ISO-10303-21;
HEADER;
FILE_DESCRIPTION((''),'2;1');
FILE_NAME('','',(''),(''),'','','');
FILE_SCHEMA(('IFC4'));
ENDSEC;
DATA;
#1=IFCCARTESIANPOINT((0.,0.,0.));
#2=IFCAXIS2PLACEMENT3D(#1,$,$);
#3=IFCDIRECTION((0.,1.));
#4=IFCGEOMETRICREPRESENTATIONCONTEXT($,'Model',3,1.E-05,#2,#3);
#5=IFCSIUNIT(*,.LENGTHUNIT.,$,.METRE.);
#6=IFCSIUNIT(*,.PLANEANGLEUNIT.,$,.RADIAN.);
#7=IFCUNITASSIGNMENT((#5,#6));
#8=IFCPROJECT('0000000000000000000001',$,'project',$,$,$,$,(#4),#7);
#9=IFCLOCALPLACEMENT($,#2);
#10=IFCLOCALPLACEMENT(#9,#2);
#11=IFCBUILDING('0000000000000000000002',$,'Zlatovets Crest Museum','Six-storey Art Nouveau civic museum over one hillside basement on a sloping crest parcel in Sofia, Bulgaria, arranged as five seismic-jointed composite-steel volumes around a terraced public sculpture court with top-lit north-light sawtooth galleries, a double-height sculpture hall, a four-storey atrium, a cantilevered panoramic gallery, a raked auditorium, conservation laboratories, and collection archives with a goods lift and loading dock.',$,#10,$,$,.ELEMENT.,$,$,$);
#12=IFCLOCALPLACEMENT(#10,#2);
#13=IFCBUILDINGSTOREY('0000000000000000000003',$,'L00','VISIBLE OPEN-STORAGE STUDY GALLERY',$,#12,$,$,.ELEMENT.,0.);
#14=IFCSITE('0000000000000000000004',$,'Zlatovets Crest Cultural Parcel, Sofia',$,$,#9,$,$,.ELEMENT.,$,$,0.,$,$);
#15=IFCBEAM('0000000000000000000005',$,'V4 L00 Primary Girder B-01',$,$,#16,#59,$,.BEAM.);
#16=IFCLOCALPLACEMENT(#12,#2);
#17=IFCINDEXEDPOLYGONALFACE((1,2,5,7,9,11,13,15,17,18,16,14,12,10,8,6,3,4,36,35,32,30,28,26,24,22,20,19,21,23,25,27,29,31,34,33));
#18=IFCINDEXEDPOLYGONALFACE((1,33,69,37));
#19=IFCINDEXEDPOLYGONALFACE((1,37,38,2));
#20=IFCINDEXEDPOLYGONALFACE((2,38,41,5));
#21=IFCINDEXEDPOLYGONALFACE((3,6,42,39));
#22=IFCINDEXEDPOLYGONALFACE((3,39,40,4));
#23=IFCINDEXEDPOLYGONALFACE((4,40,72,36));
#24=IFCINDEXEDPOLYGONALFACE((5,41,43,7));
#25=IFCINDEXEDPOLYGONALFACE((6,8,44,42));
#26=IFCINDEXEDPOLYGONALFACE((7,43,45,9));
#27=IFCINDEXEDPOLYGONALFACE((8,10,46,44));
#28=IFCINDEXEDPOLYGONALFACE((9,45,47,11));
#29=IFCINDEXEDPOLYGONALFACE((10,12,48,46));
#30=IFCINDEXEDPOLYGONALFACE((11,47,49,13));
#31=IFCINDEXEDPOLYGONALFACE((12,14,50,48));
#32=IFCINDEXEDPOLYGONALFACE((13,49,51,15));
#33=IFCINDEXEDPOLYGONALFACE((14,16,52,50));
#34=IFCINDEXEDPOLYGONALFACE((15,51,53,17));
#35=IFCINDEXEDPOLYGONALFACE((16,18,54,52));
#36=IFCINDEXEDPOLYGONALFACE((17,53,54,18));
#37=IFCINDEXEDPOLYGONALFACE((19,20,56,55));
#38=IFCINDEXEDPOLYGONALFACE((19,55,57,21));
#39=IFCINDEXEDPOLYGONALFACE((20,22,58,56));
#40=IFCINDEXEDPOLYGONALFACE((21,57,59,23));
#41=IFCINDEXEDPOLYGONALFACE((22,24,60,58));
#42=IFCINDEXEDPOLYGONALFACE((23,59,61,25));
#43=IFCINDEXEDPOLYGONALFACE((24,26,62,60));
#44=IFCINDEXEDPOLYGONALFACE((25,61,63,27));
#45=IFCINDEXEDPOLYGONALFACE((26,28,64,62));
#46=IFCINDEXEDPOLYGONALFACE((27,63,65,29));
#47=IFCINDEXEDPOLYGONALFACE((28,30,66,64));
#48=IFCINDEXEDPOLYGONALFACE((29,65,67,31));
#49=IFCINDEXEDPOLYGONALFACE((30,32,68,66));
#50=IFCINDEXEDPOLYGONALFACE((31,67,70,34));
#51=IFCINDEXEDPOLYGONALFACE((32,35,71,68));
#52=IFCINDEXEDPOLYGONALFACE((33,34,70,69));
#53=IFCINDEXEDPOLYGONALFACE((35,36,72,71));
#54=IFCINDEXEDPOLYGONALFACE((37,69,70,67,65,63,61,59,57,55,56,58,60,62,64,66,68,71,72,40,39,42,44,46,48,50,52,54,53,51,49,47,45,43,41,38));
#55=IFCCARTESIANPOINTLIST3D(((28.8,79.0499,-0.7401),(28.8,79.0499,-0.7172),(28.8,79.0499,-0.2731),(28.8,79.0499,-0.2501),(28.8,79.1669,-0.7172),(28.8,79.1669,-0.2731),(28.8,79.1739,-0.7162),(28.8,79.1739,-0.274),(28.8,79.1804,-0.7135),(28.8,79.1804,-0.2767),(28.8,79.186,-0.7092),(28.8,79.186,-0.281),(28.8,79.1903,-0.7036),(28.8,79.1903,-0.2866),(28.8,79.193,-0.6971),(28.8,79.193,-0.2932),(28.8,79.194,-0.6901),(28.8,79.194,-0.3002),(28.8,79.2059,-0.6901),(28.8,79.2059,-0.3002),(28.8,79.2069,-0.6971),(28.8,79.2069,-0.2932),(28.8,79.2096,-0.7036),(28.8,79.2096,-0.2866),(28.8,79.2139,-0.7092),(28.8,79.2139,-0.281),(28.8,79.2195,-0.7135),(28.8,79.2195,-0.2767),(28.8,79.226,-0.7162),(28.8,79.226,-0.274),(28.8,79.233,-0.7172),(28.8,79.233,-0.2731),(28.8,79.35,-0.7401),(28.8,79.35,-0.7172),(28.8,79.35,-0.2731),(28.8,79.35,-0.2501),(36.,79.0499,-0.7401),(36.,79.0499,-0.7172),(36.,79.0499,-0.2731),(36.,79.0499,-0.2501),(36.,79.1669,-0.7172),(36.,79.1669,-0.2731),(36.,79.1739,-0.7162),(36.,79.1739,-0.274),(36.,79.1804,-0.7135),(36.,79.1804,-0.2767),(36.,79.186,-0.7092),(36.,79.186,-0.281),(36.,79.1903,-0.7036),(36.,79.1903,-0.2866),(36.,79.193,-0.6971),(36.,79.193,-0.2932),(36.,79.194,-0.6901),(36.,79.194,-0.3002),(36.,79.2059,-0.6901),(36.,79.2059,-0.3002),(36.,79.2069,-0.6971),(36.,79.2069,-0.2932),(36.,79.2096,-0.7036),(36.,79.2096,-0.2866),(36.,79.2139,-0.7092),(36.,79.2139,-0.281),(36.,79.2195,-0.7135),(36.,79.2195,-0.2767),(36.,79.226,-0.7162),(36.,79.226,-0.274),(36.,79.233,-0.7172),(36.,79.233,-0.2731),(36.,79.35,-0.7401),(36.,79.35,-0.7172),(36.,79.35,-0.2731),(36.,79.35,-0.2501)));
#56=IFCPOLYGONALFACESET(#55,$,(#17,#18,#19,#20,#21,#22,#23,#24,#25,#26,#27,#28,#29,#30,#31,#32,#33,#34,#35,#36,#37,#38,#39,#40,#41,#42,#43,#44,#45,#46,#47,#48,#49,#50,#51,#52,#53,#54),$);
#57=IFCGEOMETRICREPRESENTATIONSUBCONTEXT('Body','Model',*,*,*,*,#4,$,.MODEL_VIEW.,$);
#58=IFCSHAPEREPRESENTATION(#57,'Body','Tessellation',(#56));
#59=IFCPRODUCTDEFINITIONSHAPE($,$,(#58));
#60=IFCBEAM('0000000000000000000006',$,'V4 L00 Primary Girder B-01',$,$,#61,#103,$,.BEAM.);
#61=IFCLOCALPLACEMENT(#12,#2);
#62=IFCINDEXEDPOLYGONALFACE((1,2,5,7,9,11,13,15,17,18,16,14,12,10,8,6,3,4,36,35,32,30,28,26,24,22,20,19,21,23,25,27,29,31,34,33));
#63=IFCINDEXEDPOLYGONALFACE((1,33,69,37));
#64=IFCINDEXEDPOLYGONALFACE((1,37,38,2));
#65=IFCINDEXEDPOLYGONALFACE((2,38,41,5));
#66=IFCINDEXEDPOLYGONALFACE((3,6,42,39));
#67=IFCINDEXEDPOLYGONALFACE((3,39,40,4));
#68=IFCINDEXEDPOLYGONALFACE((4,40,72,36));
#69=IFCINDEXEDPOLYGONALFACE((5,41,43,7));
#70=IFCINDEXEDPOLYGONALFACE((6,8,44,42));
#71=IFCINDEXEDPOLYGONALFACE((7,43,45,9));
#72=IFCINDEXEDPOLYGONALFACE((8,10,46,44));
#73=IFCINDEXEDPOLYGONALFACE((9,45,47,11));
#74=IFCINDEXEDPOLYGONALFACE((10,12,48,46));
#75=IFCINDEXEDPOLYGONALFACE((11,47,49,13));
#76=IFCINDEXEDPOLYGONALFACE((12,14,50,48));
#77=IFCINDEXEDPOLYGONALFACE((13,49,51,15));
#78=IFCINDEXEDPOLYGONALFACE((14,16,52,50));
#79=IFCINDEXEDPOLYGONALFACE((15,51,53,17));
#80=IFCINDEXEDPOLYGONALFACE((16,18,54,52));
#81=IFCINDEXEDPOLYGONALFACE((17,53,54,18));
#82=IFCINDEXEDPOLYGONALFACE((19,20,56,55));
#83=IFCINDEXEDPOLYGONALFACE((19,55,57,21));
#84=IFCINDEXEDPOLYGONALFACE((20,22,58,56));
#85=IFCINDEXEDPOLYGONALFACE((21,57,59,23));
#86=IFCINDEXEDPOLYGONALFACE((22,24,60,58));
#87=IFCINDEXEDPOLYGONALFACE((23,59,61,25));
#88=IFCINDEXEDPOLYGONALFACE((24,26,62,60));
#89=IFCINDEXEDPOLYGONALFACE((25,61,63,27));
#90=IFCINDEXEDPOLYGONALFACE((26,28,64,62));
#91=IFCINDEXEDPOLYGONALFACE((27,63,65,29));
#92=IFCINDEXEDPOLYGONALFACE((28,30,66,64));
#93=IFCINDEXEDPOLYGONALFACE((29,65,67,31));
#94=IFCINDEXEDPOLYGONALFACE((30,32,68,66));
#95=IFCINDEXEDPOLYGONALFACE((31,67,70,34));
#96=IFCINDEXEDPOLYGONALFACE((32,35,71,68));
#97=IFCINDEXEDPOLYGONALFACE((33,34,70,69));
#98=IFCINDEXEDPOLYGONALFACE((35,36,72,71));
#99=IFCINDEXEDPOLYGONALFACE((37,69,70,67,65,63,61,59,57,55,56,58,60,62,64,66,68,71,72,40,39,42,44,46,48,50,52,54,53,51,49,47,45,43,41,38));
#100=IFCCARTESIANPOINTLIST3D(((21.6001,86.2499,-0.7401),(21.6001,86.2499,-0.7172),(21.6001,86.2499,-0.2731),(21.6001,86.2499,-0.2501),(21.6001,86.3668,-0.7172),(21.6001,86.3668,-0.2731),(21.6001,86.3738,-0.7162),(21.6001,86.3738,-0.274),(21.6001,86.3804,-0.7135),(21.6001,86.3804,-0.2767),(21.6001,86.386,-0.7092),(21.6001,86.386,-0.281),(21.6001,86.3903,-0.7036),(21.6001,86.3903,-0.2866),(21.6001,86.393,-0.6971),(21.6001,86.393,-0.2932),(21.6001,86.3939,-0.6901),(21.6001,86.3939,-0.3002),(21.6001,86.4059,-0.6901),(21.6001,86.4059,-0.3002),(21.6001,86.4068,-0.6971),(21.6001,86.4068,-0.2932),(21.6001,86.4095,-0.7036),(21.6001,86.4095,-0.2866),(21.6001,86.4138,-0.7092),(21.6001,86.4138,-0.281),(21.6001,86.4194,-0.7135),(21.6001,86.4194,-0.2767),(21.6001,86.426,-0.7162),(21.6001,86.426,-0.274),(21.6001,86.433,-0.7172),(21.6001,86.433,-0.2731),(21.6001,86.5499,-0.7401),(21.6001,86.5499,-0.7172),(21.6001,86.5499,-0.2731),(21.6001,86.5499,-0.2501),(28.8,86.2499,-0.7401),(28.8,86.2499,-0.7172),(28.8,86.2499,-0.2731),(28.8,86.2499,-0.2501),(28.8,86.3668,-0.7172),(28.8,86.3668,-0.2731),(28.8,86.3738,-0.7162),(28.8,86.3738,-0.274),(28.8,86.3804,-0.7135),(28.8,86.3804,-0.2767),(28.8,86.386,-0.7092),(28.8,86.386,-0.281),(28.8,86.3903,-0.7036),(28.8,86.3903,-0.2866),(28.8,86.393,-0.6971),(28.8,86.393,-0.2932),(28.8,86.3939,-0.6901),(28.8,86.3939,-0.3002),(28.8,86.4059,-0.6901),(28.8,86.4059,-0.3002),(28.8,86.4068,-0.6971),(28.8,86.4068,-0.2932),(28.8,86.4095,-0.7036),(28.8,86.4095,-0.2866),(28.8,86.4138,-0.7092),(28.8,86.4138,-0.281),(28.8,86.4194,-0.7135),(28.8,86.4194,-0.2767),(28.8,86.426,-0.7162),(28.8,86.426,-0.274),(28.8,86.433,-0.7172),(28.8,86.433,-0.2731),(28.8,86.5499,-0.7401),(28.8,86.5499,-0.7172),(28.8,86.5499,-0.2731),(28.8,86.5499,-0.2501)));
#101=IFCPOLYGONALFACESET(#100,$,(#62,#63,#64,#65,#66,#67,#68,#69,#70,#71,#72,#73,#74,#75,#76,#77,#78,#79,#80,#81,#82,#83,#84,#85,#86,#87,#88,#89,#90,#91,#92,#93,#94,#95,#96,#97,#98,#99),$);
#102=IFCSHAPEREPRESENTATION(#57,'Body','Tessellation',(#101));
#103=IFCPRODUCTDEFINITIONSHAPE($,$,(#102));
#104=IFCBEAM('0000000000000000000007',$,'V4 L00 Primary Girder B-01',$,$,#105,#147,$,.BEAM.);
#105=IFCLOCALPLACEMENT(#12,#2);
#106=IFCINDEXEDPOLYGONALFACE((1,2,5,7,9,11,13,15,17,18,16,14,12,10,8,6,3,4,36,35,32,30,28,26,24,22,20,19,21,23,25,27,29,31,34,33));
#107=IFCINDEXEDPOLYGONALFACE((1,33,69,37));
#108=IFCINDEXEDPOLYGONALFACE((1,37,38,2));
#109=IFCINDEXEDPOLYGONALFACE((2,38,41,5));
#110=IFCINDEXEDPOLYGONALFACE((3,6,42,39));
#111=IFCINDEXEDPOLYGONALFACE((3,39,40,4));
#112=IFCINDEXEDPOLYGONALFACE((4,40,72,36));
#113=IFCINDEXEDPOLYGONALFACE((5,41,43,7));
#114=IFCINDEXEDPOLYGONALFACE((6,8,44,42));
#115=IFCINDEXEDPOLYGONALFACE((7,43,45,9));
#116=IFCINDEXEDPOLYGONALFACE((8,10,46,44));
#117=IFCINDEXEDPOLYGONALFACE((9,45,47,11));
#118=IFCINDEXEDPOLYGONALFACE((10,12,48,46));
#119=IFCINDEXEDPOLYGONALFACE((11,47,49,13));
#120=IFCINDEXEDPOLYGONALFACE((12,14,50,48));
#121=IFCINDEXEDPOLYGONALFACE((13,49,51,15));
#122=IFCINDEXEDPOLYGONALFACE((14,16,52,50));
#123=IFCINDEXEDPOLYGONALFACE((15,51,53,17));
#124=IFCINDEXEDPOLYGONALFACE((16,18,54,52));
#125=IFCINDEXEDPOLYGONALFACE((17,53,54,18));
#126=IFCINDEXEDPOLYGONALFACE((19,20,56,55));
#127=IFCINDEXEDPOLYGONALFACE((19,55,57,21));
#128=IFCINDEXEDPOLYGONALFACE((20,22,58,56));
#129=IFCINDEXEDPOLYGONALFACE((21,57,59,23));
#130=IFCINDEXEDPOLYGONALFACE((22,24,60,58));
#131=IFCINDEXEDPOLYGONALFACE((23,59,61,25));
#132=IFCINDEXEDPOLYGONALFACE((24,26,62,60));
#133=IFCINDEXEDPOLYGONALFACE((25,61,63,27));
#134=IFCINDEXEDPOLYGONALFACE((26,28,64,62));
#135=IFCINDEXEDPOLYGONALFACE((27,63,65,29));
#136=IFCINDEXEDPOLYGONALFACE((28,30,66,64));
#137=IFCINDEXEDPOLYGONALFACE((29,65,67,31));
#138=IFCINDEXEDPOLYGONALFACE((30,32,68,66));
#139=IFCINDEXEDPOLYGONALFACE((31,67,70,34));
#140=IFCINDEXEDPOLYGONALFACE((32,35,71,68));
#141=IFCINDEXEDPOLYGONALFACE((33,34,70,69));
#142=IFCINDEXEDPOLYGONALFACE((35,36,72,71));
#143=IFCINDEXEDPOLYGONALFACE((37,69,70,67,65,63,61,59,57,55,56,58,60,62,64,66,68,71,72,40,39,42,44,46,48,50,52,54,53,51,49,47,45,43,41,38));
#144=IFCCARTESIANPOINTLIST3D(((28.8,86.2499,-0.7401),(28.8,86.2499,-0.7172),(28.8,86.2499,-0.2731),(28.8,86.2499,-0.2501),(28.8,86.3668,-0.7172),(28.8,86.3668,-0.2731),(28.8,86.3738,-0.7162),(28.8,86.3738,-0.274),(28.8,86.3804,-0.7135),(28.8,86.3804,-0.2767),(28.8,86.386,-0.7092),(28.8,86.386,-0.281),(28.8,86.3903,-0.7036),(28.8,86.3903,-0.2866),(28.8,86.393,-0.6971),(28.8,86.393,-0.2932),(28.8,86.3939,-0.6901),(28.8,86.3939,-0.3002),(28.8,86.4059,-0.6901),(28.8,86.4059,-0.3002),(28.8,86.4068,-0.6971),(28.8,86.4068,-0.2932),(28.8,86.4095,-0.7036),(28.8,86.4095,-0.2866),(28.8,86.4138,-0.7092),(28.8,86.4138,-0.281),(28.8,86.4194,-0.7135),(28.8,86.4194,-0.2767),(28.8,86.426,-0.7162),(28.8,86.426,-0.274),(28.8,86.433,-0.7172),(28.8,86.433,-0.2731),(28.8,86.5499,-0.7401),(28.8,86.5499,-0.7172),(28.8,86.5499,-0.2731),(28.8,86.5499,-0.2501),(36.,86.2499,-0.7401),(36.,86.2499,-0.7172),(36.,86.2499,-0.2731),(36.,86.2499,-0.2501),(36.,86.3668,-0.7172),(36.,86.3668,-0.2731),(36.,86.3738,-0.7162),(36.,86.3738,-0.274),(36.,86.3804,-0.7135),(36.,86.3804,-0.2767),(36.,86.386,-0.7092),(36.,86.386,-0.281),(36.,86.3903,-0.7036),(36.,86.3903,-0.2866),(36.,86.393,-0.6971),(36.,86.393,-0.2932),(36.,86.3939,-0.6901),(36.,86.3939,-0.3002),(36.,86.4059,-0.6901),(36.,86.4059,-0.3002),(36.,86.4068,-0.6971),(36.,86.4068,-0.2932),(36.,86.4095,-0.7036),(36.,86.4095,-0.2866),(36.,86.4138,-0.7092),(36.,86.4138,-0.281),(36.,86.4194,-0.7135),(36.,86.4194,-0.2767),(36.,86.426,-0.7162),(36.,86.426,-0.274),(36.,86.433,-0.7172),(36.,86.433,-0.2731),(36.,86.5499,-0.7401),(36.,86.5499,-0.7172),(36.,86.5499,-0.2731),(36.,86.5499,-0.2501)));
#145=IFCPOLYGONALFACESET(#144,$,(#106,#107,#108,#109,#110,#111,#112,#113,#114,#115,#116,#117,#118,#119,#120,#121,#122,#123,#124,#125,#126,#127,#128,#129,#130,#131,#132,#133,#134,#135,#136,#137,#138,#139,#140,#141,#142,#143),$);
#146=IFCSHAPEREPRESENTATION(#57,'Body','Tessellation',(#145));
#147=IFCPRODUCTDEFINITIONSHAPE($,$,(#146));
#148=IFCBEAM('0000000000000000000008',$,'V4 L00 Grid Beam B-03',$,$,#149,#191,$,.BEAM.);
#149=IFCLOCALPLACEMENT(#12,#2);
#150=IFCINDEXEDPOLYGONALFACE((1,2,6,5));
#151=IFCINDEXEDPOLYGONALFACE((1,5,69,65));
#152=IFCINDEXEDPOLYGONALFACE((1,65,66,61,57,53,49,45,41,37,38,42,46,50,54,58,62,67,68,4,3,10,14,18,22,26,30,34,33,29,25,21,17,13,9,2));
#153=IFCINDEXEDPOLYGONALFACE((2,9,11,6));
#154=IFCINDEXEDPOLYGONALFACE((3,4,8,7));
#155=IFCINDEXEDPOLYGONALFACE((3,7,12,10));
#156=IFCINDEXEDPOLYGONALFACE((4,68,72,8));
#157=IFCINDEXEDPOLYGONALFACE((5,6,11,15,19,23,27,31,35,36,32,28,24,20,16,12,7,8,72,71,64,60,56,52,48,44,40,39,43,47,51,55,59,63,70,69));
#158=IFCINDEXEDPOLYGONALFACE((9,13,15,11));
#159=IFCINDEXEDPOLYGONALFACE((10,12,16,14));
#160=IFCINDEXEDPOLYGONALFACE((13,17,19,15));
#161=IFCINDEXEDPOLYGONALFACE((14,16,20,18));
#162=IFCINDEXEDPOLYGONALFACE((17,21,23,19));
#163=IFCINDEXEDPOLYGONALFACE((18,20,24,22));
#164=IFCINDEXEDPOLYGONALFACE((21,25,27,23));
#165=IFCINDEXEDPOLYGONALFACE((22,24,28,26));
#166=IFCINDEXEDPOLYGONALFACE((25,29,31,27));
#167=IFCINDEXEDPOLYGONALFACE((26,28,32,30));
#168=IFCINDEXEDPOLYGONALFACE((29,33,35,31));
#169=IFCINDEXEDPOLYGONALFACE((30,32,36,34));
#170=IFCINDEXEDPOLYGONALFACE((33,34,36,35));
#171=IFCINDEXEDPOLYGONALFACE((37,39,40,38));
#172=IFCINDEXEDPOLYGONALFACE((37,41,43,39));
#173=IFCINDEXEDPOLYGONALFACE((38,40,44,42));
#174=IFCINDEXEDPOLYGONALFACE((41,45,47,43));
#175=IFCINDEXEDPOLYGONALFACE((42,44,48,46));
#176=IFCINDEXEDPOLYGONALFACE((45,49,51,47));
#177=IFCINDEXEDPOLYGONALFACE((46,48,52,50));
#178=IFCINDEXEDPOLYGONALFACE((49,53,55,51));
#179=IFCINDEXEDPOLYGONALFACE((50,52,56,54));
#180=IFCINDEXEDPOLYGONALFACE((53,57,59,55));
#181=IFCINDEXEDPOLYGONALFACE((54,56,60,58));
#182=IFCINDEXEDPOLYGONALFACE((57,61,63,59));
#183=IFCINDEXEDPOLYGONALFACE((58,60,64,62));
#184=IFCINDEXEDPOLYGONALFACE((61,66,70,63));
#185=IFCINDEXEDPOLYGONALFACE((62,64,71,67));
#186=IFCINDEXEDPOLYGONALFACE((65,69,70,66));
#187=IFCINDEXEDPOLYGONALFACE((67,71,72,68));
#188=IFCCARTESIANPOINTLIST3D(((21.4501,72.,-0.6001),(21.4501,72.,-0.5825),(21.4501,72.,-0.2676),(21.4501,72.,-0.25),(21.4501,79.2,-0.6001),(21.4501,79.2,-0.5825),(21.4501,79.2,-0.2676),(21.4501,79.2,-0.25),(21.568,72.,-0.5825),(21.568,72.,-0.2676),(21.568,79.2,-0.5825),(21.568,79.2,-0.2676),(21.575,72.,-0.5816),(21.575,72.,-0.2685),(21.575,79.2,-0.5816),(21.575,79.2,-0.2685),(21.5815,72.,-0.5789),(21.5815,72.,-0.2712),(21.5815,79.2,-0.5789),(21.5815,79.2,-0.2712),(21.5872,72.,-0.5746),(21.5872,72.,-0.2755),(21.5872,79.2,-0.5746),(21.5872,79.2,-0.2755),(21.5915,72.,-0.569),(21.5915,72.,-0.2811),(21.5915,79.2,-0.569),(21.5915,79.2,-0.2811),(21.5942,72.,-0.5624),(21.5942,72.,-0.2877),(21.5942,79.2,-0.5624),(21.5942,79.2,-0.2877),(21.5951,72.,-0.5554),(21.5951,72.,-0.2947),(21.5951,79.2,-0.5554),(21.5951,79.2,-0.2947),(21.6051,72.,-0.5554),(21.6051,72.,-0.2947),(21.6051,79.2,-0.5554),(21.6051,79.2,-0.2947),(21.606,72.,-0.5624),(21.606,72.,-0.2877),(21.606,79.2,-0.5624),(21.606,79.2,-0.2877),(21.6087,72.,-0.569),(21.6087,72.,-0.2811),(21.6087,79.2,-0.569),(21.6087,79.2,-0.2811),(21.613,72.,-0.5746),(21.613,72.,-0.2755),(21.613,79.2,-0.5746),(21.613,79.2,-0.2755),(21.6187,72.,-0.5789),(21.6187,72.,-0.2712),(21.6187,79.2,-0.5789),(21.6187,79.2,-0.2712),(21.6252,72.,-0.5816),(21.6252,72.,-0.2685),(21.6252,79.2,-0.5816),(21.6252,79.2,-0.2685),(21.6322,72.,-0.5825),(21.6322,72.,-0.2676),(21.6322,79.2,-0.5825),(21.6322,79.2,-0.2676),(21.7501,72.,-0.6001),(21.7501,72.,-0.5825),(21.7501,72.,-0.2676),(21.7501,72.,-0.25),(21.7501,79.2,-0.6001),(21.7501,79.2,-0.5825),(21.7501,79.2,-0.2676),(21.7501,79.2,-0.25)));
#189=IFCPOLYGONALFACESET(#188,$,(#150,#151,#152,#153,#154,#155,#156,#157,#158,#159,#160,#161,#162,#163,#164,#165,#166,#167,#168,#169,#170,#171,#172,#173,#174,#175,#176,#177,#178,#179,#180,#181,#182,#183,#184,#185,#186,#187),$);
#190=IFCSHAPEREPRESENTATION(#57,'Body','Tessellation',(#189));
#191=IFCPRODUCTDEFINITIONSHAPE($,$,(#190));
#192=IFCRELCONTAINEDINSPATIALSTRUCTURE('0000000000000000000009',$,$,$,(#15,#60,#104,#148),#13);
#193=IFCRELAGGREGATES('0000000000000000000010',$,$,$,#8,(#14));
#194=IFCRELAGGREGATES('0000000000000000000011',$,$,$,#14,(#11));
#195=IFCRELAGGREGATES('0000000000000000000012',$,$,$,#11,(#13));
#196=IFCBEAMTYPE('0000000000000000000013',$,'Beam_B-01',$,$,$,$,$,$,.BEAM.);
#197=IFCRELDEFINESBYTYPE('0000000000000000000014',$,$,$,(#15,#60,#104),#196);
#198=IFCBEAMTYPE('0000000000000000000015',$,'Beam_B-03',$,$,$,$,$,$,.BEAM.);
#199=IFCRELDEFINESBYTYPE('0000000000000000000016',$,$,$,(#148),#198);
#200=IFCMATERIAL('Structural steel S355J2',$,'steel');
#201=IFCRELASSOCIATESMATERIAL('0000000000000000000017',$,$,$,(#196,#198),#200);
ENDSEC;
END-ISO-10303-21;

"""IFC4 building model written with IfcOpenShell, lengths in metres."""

from ifc_helpers import new_model, si_unit, direction, frame, origin, origin_2d, place, context, subcontext, project, spatial, i_section, extrude, material, material_profile, profile_set, type_object, element, save


model = new_model("IFC4")

# Units and contexts
model_context = context("Model", 3, precision=1e-05, world=origin(), true_north=direction((0.0, 1.0)))
body_context = subcontext(model_context, "Body", "Model", "MODEL_VIEW")
ifc_project = project(units=[si_unit("LENGTHUNIT", "METRE"), si_unit("PLANEANGLEUNIT", "RADIAN")], contexts=[model_context])

# Site, building, storey
site_placement = place(None, origin())
site = spatial("IfcSite", under=ifc_project, at=site_placement, Name="Zlatovets Crest Cultural Parcel, Sofia", CompositionType="ELEMENT", RefElevation=0.0)
building_placement = place(site_placement, origin())
building = spatial("IfcBuilding", under=site, at=building_placement, Name="Zlatovets Crest Museum", Description="Six-storey Art Nouveau civic museum over one hillside basement on a sloping crest parcel in Sofia, Bulgaria, arranged as five seismic-jointed composite-steel volumes around a terraced public sculpture court with top-lit north-light sawtooth galleries, a double-height sculpture hall, a four-storey atrium, a cantilevered panoramic gallery, a raked auditorium, conservation laboratories, and collection archives with a goods lift and loading dock.", CompositionType="ELEMENT")
storey_placement = place(building_placement, origin())
storey = spatial("IfcBuildingStorey", under=building, at=storey_placement, Name="L00", Description="VISIBLE OPEN-STORAGE STUDY GALLERY", CompositionType="ELEMENT", Elevation=0.0)

# Shared definitions
ifc_material_1 = material(Name="Structural steel S355J2", Category="steel")

# Beams
ifc_material_profile_1 = material_profile(ifc_material_1, i_section(OverallWidth=0.3, OverallDepth=0.49, WebThickness=0.012, FlangeThickness=0.0229, FilletRadius=0.0271, at=origin_2d()), Name="HEA 500")
ifc_profile_set_1 = profile_set([ifc_material_profile_1], Name="Structural steel S355J2")
beam_type_1 = type_object("IfcBeamType", Name="Beam_B-01", PredefinedType="BEAM", material=ifc_profile_set_1)
for number, where, z_axis, x_axis, name in (
    (1, (28.8, 79.2, -0.4951), (1.0, 0.0, 0.0), (0.0, 1.0, 0.0), "V4 L00 Primary Girder B-01"),
    (2, (21.6001, 86.3999, -0.4951), (1.0, 0.0, 0.0), (0.0, 1.0, 0.0), "V4 L00 Primary Girder B-01"),
    (3, (28.8, 86.3999, -0.4951), (1.0, 0.0, 0.0), (0.0, 1.0, 0.0), "V4 L00 Primary Girder B-01"),
):
    element("IfcBeam", number, at=place(storey_placement, frame(where, z_axis=z_axis, x_axis=x_axis)), inside=storey, type_object=beam_type_1, Name=name, PredefinedType="BEAM", context=body_context, shape_type="SweptSolid", body=[
        extrude(i_section(OverallWidth=0.3, OverallDepth=0.49, WebThickness=0.012, FlangeThickness=0.0229, FilletRadius=0.0271, at=origin_2d()), origin(), (0.0, 0.0, 1.0), 7.2),
    ])
ifc_material_profile_2 = material_profile(ifc_material_1, i_section(OverallWidth=0.3, OverallDepth=0.3501, WebThickness=0.01, FlangeThickness=0.0176, FilletRadius=0.0271, at=origin_2d()), Name="HEA 360")
ifc_profile_set_2 = profile_set([ifc_material_profile_2], Name="Structural steel S355J2")
beam_type_2 = type_object("IfcBeamType", Name="Beam_B-03", PredefinedType="BEAM", material=ifc_profile_set_2)
for number, where, z_axis, x_axis, name in (
    (4, (21.6001, 72.0, -0.425), (0.0, 1.0, 0.0), (-1.0, 0.0, 0.0), "V4 L00 Grid Beam B-03"),
):
    element("IfcBeam", number, at=place(storey_placement, frame(where, z_axis=z_axis, x_axis=x_axis)), inside=storey, type_object=beam_type_2, Name=name, PredefinedType="BEAM", context=body_context, shape_type="SweptSolid", body=[
        extrude(i_section(OverallWidth=0.3, OverallDepth=0.3501, WebThickness=0.01, FlangeThickness=0.0176, FilletRadius=0.0271, at=origin_2d()), origin(), (0.0, 0.0, 1.0), 7.2),
    ])

save(model, "model.ifc")
